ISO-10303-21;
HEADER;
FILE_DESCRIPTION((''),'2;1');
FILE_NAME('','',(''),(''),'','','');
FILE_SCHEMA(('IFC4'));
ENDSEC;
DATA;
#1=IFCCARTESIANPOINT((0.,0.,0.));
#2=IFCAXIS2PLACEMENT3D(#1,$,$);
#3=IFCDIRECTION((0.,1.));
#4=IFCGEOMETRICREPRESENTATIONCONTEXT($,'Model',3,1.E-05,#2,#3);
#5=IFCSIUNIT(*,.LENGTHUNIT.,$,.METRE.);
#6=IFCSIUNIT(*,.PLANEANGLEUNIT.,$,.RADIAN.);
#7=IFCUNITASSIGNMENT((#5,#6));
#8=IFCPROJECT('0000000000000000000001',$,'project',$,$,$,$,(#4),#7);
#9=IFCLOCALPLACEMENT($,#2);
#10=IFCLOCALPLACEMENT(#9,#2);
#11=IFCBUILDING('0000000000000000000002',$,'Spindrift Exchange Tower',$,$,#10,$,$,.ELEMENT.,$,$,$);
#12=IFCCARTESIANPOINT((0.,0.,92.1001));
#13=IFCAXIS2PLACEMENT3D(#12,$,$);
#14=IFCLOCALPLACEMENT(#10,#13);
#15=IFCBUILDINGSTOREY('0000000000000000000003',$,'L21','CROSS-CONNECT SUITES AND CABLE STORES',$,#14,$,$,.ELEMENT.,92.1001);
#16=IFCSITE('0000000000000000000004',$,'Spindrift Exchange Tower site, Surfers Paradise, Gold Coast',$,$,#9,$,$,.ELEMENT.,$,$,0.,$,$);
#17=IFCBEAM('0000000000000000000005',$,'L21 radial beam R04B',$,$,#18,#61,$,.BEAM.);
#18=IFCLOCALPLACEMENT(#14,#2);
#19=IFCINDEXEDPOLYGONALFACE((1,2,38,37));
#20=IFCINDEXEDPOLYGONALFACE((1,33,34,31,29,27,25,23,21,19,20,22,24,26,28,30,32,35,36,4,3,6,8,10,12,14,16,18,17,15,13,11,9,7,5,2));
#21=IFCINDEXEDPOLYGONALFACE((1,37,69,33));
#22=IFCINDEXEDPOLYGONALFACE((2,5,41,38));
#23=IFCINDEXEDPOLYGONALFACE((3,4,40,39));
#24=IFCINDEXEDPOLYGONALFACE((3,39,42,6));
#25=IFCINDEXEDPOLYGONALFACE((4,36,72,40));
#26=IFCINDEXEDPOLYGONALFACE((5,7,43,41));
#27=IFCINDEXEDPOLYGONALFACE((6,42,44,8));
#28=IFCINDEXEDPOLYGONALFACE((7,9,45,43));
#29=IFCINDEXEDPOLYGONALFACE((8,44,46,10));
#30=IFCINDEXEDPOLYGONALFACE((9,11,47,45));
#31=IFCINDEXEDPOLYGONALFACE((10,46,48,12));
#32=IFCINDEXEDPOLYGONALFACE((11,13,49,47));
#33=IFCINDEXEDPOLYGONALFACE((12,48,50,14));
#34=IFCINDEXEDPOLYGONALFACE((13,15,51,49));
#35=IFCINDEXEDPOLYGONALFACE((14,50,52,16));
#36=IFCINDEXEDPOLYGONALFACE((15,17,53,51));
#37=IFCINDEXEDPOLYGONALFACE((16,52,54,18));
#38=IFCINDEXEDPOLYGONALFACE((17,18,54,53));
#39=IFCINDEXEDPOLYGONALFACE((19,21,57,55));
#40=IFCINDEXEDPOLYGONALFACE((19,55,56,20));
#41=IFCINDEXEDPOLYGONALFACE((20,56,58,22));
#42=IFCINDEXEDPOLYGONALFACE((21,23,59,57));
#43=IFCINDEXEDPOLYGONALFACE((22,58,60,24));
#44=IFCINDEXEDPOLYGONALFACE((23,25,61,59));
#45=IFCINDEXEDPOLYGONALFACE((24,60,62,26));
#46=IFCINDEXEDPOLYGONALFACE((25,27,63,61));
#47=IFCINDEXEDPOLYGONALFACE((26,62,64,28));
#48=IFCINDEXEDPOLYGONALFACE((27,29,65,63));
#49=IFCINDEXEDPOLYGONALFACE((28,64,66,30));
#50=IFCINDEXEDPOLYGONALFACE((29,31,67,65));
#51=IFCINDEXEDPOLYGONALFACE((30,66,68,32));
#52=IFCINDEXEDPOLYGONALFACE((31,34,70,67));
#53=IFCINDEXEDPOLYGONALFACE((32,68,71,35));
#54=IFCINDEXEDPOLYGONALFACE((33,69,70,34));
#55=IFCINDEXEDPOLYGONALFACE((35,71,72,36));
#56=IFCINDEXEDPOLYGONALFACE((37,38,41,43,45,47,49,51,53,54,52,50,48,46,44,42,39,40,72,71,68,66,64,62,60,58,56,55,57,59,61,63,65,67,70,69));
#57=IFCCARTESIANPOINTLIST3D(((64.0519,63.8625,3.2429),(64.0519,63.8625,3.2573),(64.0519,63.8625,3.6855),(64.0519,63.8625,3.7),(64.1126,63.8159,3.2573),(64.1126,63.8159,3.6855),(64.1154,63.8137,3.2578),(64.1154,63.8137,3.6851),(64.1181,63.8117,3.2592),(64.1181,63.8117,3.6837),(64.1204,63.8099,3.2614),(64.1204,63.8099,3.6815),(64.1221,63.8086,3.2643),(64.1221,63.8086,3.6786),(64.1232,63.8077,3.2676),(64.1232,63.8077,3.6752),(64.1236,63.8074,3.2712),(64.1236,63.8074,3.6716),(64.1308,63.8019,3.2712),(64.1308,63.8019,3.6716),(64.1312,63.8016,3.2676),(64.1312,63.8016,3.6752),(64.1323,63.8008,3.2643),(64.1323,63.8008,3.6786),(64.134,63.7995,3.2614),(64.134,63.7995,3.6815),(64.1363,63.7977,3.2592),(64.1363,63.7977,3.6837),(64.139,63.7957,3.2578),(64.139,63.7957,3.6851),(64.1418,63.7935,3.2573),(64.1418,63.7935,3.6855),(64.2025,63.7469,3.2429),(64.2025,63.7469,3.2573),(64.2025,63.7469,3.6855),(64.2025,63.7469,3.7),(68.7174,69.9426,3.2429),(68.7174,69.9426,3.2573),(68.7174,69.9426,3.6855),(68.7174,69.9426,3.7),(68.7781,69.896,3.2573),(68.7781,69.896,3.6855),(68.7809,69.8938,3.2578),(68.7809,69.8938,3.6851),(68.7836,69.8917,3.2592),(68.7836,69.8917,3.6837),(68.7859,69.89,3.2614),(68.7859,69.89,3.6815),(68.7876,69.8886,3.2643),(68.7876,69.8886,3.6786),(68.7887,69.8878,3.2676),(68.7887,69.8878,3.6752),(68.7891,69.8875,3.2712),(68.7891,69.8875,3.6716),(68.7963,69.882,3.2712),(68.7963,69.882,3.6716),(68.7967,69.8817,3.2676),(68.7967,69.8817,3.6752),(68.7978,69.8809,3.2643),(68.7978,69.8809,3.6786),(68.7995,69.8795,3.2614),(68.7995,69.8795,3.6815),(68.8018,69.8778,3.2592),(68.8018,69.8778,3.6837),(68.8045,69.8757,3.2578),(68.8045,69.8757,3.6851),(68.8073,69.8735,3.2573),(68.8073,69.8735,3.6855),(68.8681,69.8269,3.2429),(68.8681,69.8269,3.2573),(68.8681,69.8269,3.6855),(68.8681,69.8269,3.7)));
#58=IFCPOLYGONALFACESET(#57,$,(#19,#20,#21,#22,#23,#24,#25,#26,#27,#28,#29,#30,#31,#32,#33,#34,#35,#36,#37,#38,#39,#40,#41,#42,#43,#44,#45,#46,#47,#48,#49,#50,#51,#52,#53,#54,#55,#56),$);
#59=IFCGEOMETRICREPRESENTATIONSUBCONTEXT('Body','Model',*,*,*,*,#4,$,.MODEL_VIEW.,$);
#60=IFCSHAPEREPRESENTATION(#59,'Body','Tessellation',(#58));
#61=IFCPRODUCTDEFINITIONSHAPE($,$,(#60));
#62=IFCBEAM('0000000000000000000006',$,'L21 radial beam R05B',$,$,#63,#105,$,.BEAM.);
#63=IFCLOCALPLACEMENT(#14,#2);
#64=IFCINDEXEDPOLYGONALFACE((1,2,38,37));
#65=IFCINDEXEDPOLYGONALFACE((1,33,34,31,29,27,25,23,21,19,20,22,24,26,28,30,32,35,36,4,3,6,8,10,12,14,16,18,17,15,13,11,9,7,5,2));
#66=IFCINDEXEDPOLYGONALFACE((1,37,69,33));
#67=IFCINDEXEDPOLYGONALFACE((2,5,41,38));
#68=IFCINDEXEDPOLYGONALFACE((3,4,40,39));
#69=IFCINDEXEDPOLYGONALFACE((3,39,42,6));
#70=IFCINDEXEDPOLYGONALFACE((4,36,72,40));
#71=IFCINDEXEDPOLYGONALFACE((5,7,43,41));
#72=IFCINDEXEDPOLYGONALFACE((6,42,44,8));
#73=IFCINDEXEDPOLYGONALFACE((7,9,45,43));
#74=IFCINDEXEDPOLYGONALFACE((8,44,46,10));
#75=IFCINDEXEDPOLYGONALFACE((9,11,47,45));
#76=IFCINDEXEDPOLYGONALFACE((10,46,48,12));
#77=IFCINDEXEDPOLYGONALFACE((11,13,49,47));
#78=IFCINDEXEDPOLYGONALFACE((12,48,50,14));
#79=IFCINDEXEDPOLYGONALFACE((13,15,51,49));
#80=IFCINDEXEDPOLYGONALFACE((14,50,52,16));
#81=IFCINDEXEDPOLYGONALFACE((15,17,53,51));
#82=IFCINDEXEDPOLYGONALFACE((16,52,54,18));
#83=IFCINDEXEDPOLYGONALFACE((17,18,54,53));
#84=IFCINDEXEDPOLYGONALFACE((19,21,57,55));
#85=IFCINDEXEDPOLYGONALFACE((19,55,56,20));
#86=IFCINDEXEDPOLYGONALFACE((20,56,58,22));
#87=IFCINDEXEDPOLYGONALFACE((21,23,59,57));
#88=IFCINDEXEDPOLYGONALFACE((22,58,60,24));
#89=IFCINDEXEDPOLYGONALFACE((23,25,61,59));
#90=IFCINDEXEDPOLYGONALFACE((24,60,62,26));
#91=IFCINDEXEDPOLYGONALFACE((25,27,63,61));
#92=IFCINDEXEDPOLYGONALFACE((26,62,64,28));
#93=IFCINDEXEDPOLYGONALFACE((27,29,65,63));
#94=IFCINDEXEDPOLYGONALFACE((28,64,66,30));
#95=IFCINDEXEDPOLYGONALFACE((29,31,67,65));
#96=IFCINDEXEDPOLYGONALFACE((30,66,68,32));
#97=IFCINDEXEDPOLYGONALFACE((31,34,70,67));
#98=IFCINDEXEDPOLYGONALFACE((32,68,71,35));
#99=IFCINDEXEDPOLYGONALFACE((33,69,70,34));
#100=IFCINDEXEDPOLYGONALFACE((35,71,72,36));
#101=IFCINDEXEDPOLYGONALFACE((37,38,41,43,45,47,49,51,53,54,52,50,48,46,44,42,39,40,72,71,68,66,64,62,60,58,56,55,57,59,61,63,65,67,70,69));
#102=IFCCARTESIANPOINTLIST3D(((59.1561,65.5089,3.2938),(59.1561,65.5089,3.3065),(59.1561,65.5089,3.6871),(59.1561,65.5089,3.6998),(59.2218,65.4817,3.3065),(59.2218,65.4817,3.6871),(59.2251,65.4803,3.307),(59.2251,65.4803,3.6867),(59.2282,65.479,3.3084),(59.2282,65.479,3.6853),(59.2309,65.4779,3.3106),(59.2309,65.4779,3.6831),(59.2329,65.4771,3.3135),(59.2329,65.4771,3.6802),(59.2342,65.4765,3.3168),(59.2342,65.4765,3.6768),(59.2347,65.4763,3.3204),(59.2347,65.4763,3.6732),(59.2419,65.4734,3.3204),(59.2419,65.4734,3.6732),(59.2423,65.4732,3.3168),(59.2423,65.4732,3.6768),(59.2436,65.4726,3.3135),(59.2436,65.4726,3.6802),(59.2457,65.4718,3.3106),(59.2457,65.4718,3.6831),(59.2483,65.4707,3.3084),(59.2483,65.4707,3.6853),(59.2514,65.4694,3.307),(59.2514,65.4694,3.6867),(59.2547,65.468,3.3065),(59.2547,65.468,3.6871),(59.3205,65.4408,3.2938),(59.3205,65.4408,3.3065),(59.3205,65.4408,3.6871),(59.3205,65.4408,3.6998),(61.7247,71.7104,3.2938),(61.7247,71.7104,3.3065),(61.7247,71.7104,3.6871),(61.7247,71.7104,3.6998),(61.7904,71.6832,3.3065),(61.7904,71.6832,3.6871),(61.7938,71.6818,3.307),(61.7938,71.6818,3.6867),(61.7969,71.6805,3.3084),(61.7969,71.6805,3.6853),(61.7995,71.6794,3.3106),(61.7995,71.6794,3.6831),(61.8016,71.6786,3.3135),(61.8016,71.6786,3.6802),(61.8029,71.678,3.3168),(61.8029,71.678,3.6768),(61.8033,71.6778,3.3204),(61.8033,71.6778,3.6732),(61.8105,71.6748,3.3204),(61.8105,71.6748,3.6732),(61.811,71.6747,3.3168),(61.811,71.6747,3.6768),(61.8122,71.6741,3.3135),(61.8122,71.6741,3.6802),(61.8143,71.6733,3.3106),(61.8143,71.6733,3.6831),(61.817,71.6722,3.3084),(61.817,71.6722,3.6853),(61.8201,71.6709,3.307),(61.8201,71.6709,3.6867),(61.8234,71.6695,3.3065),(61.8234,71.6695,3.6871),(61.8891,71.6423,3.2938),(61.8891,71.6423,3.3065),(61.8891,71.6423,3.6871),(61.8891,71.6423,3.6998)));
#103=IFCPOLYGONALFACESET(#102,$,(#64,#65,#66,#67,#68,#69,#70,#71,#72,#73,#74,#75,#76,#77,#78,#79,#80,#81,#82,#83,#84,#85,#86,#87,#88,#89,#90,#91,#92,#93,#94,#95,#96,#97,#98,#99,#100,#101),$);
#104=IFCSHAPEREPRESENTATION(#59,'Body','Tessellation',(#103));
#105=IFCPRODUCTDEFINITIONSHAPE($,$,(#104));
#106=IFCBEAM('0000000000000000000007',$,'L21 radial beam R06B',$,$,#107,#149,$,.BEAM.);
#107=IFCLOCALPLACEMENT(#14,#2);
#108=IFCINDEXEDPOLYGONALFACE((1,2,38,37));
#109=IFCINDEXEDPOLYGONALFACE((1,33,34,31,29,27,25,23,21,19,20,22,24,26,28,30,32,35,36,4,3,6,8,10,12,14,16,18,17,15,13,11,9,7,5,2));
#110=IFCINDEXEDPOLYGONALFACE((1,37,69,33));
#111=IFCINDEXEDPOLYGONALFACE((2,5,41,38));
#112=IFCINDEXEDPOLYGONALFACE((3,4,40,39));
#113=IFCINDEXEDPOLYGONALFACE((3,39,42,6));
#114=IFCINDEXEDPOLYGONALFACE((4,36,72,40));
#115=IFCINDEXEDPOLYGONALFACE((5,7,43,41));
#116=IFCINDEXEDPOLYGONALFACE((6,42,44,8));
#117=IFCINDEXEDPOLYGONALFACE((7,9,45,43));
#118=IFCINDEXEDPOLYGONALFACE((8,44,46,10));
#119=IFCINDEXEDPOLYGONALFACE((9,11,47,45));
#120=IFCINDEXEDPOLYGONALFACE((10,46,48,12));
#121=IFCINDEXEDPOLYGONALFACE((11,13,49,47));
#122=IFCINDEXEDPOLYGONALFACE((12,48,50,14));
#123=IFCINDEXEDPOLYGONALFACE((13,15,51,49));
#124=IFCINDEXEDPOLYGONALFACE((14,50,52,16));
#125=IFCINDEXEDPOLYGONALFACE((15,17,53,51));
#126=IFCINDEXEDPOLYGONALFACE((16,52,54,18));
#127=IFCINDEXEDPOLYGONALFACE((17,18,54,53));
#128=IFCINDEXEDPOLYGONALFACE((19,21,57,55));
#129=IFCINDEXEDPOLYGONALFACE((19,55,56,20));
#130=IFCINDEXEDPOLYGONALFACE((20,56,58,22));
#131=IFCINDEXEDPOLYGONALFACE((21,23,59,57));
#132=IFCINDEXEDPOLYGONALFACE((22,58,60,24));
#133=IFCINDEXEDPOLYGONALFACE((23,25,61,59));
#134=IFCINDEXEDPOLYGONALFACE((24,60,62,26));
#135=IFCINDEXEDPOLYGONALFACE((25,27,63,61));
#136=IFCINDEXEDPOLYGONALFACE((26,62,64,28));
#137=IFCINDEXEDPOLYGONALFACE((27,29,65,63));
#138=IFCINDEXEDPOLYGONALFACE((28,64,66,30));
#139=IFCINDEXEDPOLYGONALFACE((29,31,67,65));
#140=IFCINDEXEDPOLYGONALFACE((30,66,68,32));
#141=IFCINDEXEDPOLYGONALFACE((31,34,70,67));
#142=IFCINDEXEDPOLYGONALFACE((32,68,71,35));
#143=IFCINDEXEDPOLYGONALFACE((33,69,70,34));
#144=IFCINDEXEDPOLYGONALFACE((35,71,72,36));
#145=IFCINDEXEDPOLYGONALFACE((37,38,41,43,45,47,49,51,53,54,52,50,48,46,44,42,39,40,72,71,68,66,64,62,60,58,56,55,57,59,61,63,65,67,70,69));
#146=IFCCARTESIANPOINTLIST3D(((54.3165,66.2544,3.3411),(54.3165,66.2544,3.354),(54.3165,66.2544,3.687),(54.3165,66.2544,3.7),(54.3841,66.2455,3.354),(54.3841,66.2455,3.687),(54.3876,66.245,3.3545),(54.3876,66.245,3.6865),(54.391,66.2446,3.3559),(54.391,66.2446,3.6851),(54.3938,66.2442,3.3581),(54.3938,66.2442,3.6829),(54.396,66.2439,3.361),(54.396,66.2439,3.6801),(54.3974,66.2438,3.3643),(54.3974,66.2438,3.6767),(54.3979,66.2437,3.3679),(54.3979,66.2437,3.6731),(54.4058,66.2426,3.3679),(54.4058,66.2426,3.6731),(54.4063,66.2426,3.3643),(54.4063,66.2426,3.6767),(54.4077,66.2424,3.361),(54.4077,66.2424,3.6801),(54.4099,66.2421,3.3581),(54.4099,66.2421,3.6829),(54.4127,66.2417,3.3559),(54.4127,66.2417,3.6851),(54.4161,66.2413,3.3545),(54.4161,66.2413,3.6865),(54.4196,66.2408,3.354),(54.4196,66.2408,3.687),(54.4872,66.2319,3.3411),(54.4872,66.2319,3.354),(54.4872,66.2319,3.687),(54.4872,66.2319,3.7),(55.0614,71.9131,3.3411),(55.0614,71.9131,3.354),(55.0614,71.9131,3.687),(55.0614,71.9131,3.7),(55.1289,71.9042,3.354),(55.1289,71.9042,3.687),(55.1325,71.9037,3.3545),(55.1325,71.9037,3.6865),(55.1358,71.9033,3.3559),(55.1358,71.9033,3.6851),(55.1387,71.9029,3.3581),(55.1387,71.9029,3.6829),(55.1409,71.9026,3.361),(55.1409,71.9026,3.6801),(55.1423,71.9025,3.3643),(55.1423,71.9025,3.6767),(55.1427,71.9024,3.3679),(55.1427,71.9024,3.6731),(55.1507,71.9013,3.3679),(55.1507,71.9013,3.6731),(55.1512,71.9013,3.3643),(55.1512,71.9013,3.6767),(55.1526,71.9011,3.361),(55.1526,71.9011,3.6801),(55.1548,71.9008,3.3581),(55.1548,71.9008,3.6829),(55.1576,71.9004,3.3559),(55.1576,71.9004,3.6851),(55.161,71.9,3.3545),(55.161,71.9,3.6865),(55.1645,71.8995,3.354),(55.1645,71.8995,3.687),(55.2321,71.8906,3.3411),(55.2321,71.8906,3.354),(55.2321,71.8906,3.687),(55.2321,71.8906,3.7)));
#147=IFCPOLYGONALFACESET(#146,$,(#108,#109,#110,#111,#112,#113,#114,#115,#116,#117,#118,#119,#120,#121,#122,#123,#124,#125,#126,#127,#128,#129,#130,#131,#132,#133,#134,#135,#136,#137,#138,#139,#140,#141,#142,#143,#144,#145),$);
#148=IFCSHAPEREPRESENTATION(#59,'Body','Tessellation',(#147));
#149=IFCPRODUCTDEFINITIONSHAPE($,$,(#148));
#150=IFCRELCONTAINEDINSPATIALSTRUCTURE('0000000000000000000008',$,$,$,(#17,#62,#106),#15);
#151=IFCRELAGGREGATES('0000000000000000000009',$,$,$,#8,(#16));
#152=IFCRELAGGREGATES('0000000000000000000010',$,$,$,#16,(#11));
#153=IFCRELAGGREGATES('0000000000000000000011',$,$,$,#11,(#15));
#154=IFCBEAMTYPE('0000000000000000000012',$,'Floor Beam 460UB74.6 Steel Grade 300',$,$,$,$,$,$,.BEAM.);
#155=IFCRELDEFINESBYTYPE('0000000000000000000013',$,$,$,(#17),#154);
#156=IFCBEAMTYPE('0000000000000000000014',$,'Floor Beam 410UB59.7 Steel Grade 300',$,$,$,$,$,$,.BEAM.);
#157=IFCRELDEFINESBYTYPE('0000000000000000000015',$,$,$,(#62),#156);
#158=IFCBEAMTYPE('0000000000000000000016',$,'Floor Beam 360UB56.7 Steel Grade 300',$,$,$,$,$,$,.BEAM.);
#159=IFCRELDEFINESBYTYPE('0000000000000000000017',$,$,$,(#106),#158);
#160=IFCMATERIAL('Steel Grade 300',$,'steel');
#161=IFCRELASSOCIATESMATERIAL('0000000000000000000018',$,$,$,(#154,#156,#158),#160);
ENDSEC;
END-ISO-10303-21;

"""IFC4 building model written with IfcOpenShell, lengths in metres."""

from ifc_helpers import new_model, si_unit, direction, frame, origin, origin_2d, place, context, subcontext, project, spatial, i_section, extrude, source, transform, mapped, material, material_profile, profile_set, type_object, element, save


model = new_model("IFC4")

# Units and contexts
model_context = context("Model", 3, precision=1e-05, world=origin(), true_north=direction((0.0, 1.0)))
body_context = subcontext(model_context, "Body", "Model", "MODEL_VIEW")
ifc_project = project(units=[si_unit("LENGTHUNIT", "METRE"), si_unit("PLANEANGLEUNIT", "RADIAN")], contexts=[model_context])

# Site, building, storey
site_placement = place(None, origin())
site = spatial("IfcSite", under=ifc_project, at=site_placement, Name="Spindrift Exchange Tower site, Surfers Paradise, Gold Coast", CompositionType="ELEMENT", RefElevation=0.0)
building_placement = place(site_placement, origin())
building = spatial("IfcBuilding", under=site, at=building_placement, Name="Spindrift Exchange Tower", CompositionType="ELEMENT")
storey_placement = place(building_placement, frame((0.0, 0.0, 92.1001)))
storey = spatial("IfcBuildingStorey", under=building, at=storey_placement, Name="L21", Description="CROSS-CONNECT SUITES AND CABLE STORES", CompositionType="ELEMENT", Elevation=92.1001)

# Beams
ifc_material_1 = material(Name="Steel Grade 300", Category="steel")
ifc_material_profile_1 = material_profile(ifc_material_1, i_section(OverallWidth=0.1899, OverallDepth=0.457, WebThickness=0.009, FlangeThickness=0.0144, FilletRadius=0.0139, at=origin_2d()), Name="460UB74.6")
ifc_profile_set_1 = profile_set([ifc_material_profile_1], Name="Steel Grade 300")
beam_type_1 = type_object("IfcBeamType", Name="Floor Beam 460UB74.6 Steel Grade 300", PredefinedType="BEAM", material=ifc_profile_set_1)
shared_shape_1 = source(origin(), body_context, "Body", "SweptSolid", [
    extrude(i_section(OverallWidth=0.1899, OverallDepth=0.457, WebThickness=0.009, FlangeThickness=0.0144, FilletRadius=0.0139, at=origin_2d()), origin(), (0.0, 0.0, 1.0), 7.6638),
])
beam_1_placement = place(storey_placement, frame((64.1272, 63.8047, 3.4714), z_axis=(0.608771, 0.793346, 0.0), x_axis=(-0.793346, 0.608771, 0.0)))
element("IfcBeam", 1, at=beam_1_placement, inside=storey, type_object=beam_type_1, Name="L21 radial beam R04B", PredefinedType="BEAM", context=body_context, shape_type="MappedRepresentation", body=[
    mapped(shared_shape_1, transform((0.0, 0.0, 0.0), scale=1.0)),
])
ifc_material_profile_2 = material_profile(ifc_material_1, i_section(OverallWidth=0.178, OverallDepth=0.406, WebThickness=0.0078, FlangeThickness=0.0127, FilletRadius=0.0139, at=origin_2d()), Name="410UB59.7")
ifc_profile_set_2 = profile_set([ifc_material_profile_2], Name="Steel Grade 300")
beam_type_2 = type_object("IfcBeamType", Name="Floor Beam 410UB59.7 Steel Grade 300", PredefinedType="BEAM", material=ifc_profile_set_2)
shared_shape_2 = source(origin(), body_context, "Body", "SweptSolid", [
    extrude(i_section(OverallWidth=0.178, OverallDepth=0.406, WebThickness=0.0078, FlangeThickness=0.0127, FilletRadius=0.0139, at=origin_2d()), origin(), (0.0, 0.0, 1.0), 6.7124),
])
beam_2_placement = place(storey_placement, frame((59.2383, 65.4749, 3.4968), z_axis=(0.38267, 0.923885, 0.0), x_axis=(-0.923885, 0.38267, 0.0)))
element("IfcBeam", 2, at=beam_2_placement, inside=storey, type_object=beam_type_2, Name="L21 radial beam R05B", PredefinedType="BEAM", context=body_context, shape_type="MappedRepresentation", body=[
    mapped(shared_shape_2, transform((0.0, 0.0, 0.0), scale=1.0)),
])
ifc_material_profile_3 = material_profile(ifc_material_1, i_section(OverallWidth=0.1721, OverallDepth=0.3589, WebThickness=0.0081, FlangeThickness=0.0129, FilletRadius=0.0139, at=origin_2d()), Name="360UB56.7")
ifc_profile_set_3 = profile_set([ifc_material_profile_3], Name="Steel Grade 300")
beam_type_3 = type_object("IfcBeamType", Name="Floor Beam 360UB56.7 Steel Grade 300", PredefinedType="BEAM", material=ifc_profile_set_3)
shared_shape_3 = source(origin(), body_context, "Body", "SweptSolid", [
    extrude(i_section(OverallWidth=0.1721, OverallDepth=0.3589, WebThickness=0.0081, FlangeThickness=0.0129, FilletRadius=0.0139, at=origin_2d()), origin(), (0.0, 0.0, 1.0), 5.7075),
])
beam_3_placement = place(storey_placement, frame((54.4019, 66.2432, 3.5205), z_axis=(0.130508, 0.991447, 0.0), x_axis=(-0.991447, 0.130508, 0.0)))
element("IfcBeam", 3, at=beam_3_placement, inside=storey, type_object=beam_type_3, Name="L21 radial beam R06B", PredefinedType="BEAM", context=body_context, shape_type="MappedRepresentation", body=[
    mapped(shared_shape_3, transform((0.0, 0.0, 0.0), scale=1.0)),
])

save(model, "model.ifc")
